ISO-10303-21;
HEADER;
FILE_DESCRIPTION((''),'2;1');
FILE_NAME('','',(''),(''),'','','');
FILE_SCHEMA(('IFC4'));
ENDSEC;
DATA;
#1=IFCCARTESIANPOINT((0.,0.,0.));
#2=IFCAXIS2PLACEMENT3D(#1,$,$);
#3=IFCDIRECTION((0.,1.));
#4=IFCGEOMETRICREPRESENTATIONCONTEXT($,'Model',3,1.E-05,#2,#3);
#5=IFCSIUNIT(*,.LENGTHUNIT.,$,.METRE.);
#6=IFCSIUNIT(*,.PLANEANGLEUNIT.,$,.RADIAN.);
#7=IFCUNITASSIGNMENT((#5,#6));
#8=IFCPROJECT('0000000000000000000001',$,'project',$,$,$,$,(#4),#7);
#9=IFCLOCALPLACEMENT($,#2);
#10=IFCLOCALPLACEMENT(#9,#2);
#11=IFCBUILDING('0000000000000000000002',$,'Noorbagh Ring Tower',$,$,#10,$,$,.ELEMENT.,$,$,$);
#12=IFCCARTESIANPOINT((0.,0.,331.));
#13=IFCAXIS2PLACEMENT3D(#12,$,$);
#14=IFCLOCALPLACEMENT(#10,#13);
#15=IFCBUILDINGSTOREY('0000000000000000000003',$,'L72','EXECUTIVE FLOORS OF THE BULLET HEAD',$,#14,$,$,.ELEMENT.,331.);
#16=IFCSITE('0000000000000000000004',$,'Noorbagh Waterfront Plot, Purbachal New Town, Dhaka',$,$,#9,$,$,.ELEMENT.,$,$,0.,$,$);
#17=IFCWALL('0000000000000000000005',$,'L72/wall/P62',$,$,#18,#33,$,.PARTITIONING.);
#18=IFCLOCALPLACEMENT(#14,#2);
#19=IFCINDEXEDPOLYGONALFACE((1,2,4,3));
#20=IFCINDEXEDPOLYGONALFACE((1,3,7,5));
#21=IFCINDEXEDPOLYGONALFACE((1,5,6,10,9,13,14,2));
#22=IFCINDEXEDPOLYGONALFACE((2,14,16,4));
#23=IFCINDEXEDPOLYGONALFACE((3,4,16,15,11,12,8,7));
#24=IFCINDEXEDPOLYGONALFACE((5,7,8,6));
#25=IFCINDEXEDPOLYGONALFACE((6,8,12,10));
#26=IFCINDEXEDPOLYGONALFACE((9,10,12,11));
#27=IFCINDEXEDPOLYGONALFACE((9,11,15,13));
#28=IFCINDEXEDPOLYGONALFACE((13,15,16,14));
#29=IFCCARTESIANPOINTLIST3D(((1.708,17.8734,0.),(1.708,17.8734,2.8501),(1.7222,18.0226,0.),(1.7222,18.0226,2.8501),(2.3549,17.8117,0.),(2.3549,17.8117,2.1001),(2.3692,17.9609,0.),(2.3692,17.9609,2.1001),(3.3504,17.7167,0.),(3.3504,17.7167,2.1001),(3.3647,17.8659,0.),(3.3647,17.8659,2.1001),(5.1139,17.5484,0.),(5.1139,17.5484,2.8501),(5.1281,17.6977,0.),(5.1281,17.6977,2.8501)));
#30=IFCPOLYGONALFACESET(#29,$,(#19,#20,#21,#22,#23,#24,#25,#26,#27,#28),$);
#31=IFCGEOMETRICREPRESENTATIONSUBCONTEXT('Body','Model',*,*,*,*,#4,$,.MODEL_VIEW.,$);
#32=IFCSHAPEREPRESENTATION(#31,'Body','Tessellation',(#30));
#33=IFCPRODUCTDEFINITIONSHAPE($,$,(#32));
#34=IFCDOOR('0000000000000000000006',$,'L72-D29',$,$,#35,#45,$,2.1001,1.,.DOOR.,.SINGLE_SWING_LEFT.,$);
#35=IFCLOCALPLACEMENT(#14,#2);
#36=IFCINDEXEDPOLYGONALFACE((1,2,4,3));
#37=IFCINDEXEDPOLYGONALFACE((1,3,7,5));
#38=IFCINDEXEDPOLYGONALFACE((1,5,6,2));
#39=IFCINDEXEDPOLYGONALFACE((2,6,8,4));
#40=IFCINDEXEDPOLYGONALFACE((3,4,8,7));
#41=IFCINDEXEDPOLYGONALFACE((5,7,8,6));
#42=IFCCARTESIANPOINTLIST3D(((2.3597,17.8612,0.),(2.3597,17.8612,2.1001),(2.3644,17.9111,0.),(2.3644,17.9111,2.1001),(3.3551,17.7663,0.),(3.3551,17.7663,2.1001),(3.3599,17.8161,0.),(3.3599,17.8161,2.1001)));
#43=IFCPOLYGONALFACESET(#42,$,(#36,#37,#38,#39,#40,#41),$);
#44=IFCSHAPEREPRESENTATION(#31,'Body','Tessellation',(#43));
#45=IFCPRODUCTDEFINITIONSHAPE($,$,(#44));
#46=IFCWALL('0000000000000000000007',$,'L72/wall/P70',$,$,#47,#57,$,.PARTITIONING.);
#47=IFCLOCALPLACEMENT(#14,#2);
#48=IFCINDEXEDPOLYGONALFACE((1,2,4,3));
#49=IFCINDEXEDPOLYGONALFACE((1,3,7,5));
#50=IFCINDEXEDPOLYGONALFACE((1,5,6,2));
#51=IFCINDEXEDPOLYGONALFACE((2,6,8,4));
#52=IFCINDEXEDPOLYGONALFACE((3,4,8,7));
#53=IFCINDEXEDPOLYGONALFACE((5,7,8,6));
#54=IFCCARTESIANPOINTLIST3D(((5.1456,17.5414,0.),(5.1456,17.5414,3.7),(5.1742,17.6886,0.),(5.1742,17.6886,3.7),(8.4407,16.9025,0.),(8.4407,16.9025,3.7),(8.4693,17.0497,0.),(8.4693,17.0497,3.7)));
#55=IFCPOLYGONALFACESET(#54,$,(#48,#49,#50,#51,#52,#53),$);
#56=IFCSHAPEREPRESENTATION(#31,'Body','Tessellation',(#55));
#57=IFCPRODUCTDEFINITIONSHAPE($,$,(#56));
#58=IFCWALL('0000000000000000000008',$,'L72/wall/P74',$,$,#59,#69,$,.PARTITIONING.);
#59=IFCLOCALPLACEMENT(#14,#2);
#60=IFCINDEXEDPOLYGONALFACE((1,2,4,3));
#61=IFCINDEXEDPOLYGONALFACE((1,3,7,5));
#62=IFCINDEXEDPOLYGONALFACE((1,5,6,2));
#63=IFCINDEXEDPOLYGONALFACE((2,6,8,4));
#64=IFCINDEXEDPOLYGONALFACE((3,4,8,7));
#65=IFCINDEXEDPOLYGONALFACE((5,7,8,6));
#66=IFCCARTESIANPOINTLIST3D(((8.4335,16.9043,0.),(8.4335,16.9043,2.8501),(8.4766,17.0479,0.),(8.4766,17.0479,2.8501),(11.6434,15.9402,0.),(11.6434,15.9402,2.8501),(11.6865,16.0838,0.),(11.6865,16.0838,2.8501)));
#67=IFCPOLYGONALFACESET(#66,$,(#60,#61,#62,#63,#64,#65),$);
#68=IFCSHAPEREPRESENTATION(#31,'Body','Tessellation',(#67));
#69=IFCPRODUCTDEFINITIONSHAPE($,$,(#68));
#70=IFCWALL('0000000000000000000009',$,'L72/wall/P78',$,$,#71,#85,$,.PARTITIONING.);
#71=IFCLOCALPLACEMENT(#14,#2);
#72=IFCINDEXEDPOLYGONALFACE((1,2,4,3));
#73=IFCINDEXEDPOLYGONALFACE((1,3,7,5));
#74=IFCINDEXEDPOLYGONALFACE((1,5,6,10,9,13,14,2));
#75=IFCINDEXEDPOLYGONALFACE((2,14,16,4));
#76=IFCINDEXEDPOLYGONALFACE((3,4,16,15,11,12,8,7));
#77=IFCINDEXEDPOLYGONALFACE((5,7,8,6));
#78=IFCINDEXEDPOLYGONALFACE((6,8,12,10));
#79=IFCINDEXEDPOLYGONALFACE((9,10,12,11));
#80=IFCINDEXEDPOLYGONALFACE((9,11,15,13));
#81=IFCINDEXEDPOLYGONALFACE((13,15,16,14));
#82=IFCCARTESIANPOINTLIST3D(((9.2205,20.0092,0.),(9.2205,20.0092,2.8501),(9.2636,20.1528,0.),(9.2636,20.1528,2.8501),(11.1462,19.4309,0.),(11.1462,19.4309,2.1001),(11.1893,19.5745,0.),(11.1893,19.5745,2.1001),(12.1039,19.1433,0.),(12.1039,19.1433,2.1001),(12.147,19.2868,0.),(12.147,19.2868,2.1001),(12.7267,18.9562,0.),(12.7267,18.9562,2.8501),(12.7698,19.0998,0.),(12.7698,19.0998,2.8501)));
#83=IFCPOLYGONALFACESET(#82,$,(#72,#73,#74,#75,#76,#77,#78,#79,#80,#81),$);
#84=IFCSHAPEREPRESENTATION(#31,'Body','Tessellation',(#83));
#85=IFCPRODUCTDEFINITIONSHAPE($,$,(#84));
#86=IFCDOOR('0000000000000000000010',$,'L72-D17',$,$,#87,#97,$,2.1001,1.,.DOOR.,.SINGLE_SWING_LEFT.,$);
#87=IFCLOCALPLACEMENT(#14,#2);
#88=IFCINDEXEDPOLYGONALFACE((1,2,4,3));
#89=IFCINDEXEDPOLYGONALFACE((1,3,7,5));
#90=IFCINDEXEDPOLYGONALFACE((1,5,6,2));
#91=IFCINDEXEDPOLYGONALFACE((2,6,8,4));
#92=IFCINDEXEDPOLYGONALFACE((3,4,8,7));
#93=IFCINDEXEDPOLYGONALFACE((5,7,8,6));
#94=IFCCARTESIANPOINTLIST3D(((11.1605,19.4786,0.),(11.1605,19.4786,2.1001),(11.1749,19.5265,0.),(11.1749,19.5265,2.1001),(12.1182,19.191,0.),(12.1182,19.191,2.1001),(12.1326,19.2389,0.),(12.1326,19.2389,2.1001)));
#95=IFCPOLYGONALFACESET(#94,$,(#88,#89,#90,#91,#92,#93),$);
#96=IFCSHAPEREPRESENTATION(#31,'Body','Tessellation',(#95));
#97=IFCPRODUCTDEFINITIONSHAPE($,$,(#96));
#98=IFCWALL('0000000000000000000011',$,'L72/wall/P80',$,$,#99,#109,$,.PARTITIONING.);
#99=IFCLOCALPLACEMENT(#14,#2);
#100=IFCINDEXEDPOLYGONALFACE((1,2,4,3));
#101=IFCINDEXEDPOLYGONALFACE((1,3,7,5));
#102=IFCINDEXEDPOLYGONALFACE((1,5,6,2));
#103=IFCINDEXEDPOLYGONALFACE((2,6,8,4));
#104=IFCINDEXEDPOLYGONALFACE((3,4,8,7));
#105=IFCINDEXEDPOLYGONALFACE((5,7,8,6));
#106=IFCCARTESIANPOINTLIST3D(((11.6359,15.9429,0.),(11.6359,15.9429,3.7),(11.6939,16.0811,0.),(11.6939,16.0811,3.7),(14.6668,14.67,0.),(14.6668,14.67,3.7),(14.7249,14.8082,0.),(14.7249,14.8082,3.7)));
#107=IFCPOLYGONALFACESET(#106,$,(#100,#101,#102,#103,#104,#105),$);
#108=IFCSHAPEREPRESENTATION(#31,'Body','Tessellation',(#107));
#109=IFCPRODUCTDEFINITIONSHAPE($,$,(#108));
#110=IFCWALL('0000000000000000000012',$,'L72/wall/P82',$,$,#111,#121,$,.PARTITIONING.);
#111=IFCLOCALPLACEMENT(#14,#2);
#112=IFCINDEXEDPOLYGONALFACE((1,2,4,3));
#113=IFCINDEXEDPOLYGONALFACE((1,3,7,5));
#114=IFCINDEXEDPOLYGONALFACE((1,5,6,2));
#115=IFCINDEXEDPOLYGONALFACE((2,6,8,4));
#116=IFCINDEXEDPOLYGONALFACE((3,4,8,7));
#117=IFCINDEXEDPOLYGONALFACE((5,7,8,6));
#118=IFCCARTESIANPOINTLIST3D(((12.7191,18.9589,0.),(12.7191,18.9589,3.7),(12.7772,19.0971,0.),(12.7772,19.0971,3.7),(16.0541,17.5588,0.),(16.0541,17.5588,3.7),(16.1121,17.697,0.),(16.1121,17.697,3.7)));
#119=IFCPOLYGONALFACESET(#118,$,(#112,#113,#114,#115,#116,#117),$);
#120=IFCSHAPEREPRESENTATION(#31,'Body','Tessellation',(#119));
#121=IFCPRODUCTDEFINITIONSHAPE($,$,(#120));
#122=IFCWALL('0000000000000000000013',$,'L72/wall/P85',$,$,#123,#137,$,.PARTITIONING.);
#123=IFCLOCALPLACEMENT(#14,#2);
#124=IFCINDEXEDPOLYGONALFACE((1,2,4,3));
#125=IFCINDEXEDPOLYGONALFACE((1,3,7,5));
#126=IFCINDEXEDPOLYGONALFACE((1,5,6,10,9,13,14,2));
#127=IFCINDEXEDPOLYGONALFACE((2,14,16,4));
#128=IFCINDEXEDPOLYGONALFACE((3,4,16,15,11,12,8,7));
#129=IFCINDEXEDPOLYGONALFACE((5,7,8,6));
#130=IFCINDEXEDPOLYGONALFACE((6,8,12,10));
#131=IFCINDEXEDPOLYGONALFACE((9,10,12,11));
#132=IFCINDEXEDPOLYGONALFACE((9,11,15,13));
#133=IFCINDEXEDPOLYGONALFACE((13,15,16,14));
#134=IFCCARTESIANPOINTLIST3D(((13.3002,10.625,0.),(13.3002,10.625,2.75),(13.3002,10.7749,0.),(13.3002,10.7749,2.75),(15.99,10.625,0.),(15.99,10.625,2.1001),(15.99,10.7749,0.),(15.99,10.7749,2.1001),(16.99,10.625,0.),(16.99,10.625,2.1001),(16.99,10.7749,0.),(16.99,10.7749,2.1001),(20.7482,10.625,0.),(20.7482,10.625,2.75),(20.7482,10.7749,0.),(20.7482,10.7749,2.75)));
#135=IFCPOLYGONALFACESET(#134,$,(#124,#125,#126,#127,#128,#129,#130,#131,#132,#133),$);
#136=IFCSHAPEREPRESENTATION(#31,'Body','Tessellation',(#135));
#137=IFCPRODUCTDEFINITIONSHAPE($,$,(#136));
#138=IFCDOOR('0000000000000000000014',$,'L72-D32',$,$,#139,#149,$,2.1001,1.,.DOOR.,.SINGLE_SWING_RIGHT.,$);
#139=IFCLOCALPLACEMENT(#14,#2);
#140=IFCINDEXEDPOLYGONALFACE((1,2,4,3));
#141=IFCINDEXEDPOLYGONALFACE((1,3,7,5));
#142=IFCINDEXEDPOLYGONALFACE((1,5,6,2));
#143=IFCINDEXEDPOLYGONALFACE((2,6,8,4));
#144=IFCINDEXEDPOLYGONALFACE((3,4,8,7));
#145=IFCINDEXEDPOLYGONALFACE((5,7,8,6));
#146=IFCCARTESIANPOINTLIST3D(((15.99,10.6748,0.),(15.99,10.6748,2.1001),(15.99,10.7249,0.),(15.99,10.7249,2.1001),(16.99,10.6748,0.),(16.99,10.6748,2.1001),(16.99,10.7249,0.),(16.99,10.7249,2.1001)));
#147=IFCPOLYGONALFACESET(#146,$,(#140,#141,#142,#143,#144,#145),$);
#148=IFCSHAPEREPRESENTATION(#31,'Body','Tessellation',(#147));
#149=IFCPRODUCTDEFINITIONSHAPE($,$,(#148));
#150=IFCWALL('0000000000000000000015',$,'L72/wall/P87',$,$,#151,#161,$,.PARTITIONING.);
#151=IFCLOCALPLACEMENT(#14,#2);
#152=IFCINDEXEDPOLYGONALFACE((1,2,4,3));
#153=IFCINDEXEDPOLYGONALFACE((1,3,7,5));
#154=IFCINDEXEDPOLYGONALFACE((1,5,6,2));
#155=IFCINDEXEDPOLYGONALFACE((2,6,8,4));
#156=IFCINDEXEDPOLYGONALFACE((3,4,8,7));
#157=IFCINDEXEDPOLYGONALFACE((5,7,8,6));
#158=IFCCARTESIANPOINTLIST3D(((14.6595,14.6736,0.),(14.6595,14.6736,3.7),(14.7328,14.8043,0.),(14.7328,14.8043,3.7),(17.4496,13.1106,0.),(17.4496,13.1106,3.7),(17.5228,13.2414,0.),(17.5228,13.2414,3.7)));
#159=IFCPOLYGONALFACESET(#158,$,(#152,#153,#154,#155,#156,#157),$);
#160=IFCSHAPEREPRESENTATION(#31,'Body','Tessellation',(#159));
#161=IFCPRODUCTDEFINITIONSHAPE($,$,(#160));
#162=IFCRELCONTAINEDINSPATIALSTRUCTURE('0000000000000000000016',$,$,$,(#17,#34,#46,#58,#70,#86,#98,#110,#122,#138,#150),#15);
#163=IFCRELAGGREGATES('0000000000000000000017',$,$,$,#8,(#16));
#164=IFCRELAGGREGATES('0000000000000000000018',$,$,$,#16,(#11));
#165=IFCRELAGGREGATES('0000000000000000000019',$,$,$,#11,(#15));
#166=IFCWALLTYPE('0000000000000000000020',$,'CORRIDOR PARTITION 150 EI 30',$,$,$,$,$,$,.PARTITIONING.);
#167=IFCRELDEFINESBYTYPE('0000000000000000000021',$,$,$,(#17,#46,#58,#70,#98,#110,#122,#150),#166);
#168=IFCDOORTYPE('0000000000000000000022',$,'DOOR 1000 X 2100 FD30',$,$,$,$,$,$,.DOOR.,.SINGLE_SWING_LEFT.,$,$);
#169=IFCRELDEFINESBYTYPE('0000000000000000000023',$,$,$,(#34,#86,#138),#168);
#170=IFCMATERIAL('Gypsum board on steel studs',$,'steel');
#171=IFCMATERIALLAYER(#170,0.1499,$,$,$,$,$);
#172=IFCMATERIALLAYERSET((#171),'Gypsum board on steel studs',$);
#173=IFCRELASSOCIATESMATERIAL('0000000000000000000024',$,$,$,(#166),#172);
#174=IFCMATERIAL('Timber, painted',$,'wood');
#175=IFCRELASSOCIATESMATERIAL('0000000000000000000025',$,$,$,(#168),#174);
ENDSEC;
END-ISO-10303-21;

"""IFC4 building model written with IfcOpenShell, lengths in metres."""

from ifc_helpers import new_model, si_unit, direction, frame, frame_2d, origin, place, context, subcontext, project, spatial, rectangle, extrude, material, layer, layer_set, type_object, element, fill, save


model = new_model("IFC4")

# Units and contexts
model_context = context("Model", 3, precision=1e-05, world=origin(), true_north=direction((0.0, 1.0)))
body_context = subcontext(model_context, "Body", "Model", "MODEL_VIEW")
ifc_project = project(units=[si_unit("LENGTHUNIT", "METRE"), si_unit("PLANEANGLEUNIT", "RADIAN")], contexts=[model_context])

# Site, building, storey
site_placement = place(None, origin())
site = spatial("IfcSite", under=ifc_project, at=site_placement, Name="Noorbagh Waterfront Plot, Purbachal New Town, Dhaka", CompositionType="ELEMENT", RefElevation=0.0)
building_placement = place(site_placement, origin())
building = spatial("IfcBuilding", under=site, at=building_placement, Name="Noorbagh Ring Tower", CompositionType="ELEMENT")
storey_placement = place(building_placement, frame((0.0, 0.0, 331.0)))
storey = spatial("IfcBuildingStorey", under=building, at=storey_placement, Name="L72", Description="EXECUTIVE FLOORS OF THE BULLET HEAD", CompositionType="ELEMENT", Elevation=331.0)

# Wall, opening, door
ifc_material_1 = material(Name="Gypsum board on steel studs", Category="steel")
ifc_layer_1 = layer(ifc_material_1, 0.1499)
ifc_layer_set_1 = layer_set([ifc_layer_1], Name="Gypsum board on steel studs")
wall_type_1 = type_object("IfcWallType", Name="CORRIDOR PARTITION 150 EI 30", PredefinedType="PARTITIONING", material=ifc_layer_set_1)
wall_1_placement = place(storey_placement, frame((1.7151, 17.948, 0.0), z_axis=(0.0, 0.0, 1.0), x_axis=(0.99548, -0.094974, 0.0)))
wall_1 = element("IfcWall", 1, at=wall_1_placement, inside=storey, type_object=wall_type_1, Name="L72/wall/P62", PredefinedType="PARTITIONING", context=body_context, shape_type="SweptSolid", body=[
    extrude(rectangle(XDim=3.4214, YDim=0.1499, at=frame_2d((1.7107, 0.0))), origin(), (0.0, 0.0, 1.0), 2.8501),
])
opening_1_placement = place(wall_1_placement, frame((0.6499, 0.0, 0.0)))
opening_1 = element("IfcOpeningElement", 2, at=opening_1_placement, cuts=wall_1, PredefinedType="OPENING", context=body_context, shape_type="SweptSolid", body=[
    extrude(rectangle(XDim=1.0, YDim=2.1001, at=frame_2d((0.5, 1.05))), frame((0.0, 0.085, 0.0), z_axis=(0.0, -1.0, 0.0), x_axis=(1.0, 0.0, 0.0)), (0.0, 0.0, 1.0), 0.1699),
])
ifc_material_2 = material(Name="Timber, painted", Category="wood")
door_type_1 = type_object("IfcDoorType", Name="DOOR 1000 X 2100 FD30", OperationType="SINGLE_SWING_LEFT", PredefinedType="DOOR", material=ifc_material_2)
door_1_placement = place(opening_1_placement, origin())
door_1 = element("IfcDoor", 3, at=door_1_placement, inside=storey, type_object=door_type_1, Name="L72-D29", OperationType="SINGLE_SWING_LEFT", OverallHeight=2.1001, OverallWidth=1.0, PredefinedType="DOOR", context=body_context, shape_type="SweptSolid", body=[
    extrude(rectangle(XDim=1.0, YDim=2.1001, at=frame_2d((0.5, 1.05))), frame((0.0, 0.0249, 0.0), z_axis=(0.0, -1.0, 0.0), x_axis=(1.0, 0.0, 0.0)), (0.0, 0.0, 1.0), 0.05),
])
fill(opening_1, door_1)

# Walls
wall_2_placement = place(storey_placement, frame((5.1599, 17.615, 0.0), z_axis=(0.0, 0.0, 1.0), x_axis=(0.981716, -0.19035, 0.0)))
element("IfcWall", 4, at=wall_2_placement, inside=storey, type_object=wall_type_1, Name="L72/wall/P70", PredefinedType="PARTITIONING", context=body_context, shape_type="SweptSolid", body=[
    extrude(rectangle(XDim=3.3564, YDim=0.1499, at=frame_2d((1.6782, 0.0))), origin(), (0.0, 0.0, 1.0), 3.7),
])
wall_3_placement = place(storey_placement, frame((8.4551, 16.9761, 0.0), z_axis=(0.0, 0.0, 1.0), x_axis=(0.957734, -0.287655, 0.0)))
element("IfcWall", 5, at=wall_3_placement, inside=storey, type_object=wall_type_1, Name="L72/wall/P74", PredefinedType="PARTITIONING", context=body_context, shape_type="SweptSolid", body=[
    extrude(rectangle(XDim=3.3516, YDim=0.1499, at=frame_2d((1.6758, 0.0))), origin(), (0.0, 0.0, 1.0), 2.8501),
])

# Wall, opening, door
wall_4_placement = place(storey_placement, frame((9.2419, 20.0811, 0.0), z_axis=(0.0, 0.0, 1.0), x_axis=(0.95774, -0.287635, 0.0)))
wall_4 = element("IfcWall", 6, at=wall_4_placement, inside=storey, type_object=wall_type_1, Name="L72/wall/P78", PredefinedType="PARTITIONING", context=body_context, shape_type="SweptSolid", body=[
    extrude(rectangle(XDim=3.6609, YDim=0.1499, at=frame_2d((1.8306, 0.0))), origin(), (0.0, 0.0, 1.0), 2.8501),
])
opening_2_placement = place(wall_4_placement, frame((2.0107, 0.0, 0.0)))
opening_2 = element("IfcOpeningElement", 7, at=opening_2_placement, cuts=wall_4, PredefinedType="OPENING", context=body_context, shape_type="SweptSolid", body=[
    extrude(rectangle(XDim=1.0, YDim=2.1001, at=frame_2d((0.5, 1.05))), frame((0.0, 0.085, 0.0), z_axis=(0.0, -1.0, 0.0), x_axis=(1.0, 0.0, 0.0)), (0.0, 0.0, 1.0), 0.1699),
])
door_2_placement = place(opening_2_placement, origin())
door_2 = element("IfcDoor", 8, at=door_2_placement, inside=storey, type_object=door_type_1, Name="L72-D17", OperationType="SINGLE_SWING_LEFT", OverallHeight=2.1001, OverallWidth=1.0, PredefinedType="DOOR", context=body_context, shape_type="SweptSolid", body=[
    extrude(rectangle(XDim=1.0, YDim=2.1001, at=frame_2d((0.5, 1.05))), frame((0.0, 0.0249, 0.0), z_axis=(0.0, -1.0, 0.0), x_axis=(1.0, 0.0, 0.0)), (0.0, 0.0, 1.0), 0.05),
])
fill(opening_2, door_2)

# Walls
wall_5_placement = place(storey_placement, frame((11.665, 16.012, 0.0), z_axis=(0.0, 0.0, 1.0), x_axis=(0.92199, -0.387214, 0.0)))
element("IfcWall", 9, at=wall_5_placement, inside=storey, type_object=wall_type_1, Name="L72/wall/P80", PredefinedType="PARTITIONING", context=body_context, shape_type="SweptSolid", body=[
    extrude(rectangle(XDim=3.2874, YDim=0.1499, at=frame_2d((1.6436, 0.0))), origin(), (0.0, 0.0, 1.0), 3.7),
])
wall_6_placement = place(storey_placement, frame((12.748, 19.0281, 0.0), z_axis=(0.0, 0.0, 1.0), x_axis=(0.922035, -0.387106, 0.0)))
element("IfcWall", 10, at=wall_6_placement, inside=storey, type_object=wall_type_1, Name="L72/wall/P82", PredefinedType="PARTITIONING", context=body_context, shape_type="SweptSolid", body=[
    extrude(rectangle(XDim=3.6169, YDim=0.1499, at=frame_2d((1.8086, 0.0))), origin(), (0.0, 0.0, 1.0), 3.7),
])

# Wall, opening, door
wall_7_placement = place(storey_placement, frame((13.3, 10.7, 0.0), z_axis=(0.0, 0.0, 1.0), x_axis=(1.0, 0.0, 0.0)))
wall_7 = element("IfcWall", 11, at=wall_7_placement, inside=storey, type_object=wall_type_1, Name="L72/wall/P85", PredefinedType="PARTITIONING", context=body_context, shape_type="SweptSolid", body=[
    extrude(rectangle(XDim=7.448, YDim=0.1499, at=frame_2d((3.7241, 0.0))), origin(), (0.0, 0.0, 1.0), 2.75),
])
opening_3_placement = place(wall_7_placement, frame((2.6899, 0.0, 0.0)))
opening_3 = element("IfcOpeningElement", 12, at=opening_3_placement, cuts=wall_7, PredefinedType="OPENING", context=body_context, shape_type="SweptSolid", body=[
    extrude(rectangle(XDim=1.0, YDim=2.1001, at=frame_2d((0.5, 1.05))), frame((0.0, 0.085, 0.0), z_axis=(0.0, -1.0, 0.0), x_axis=(1.0, 0.0, 0.0)), (0.0, 0.0, 1.0), 0.1699),
])
door_3_placement = place(opening_3_placement, origin())
door_3 = element("IfcDoor", 13, at=door_3_placement, inside=storey, type_object=door_type_1, Name="L72-D32", OperationType="SINGLE_SWING_RIGHT", OverallHeight=2.1001, OverallWidth=1.0, PredefinedType="DOOR", context=body_context, shape_type="SweptSolid", body=[
    extrude(rectangle(XDim=1.0, YDim=2.1001, at=frame_2d((0.5, 1.05))), frame((0.0, 0.0249, 0.0), z_axis=(0.0, -1.0, 0.0), x_axis=(1.0, 0.0, 0.0)), (0.0, 0.0, 1.0), 0.05),
])
fill(opening_3, door_3)

# Wall
wall_8_placement = place(storey_placement, frame((14.696, 14.739, 0.0), z_axis=(0.0, 0.0, 1.0), x_axis=(0.872431, -0.488738, 0.0)))
element("IfcWall", 14, at=wall_8_placement, inside=storey, type_object=wall_type_1, Name="L72/wall/P87", PredefinedType="PARTITIONING", context=body_context, shape_type="SweptSolid", body=[
    extrude(rectangle(XDim=3.198, YDim=0.1499, at=frame_2d((1.5991, 0.0))), origin(), (0.0, 0.0, 1.0), 3.7),
])

save(model, "model.ifc")
